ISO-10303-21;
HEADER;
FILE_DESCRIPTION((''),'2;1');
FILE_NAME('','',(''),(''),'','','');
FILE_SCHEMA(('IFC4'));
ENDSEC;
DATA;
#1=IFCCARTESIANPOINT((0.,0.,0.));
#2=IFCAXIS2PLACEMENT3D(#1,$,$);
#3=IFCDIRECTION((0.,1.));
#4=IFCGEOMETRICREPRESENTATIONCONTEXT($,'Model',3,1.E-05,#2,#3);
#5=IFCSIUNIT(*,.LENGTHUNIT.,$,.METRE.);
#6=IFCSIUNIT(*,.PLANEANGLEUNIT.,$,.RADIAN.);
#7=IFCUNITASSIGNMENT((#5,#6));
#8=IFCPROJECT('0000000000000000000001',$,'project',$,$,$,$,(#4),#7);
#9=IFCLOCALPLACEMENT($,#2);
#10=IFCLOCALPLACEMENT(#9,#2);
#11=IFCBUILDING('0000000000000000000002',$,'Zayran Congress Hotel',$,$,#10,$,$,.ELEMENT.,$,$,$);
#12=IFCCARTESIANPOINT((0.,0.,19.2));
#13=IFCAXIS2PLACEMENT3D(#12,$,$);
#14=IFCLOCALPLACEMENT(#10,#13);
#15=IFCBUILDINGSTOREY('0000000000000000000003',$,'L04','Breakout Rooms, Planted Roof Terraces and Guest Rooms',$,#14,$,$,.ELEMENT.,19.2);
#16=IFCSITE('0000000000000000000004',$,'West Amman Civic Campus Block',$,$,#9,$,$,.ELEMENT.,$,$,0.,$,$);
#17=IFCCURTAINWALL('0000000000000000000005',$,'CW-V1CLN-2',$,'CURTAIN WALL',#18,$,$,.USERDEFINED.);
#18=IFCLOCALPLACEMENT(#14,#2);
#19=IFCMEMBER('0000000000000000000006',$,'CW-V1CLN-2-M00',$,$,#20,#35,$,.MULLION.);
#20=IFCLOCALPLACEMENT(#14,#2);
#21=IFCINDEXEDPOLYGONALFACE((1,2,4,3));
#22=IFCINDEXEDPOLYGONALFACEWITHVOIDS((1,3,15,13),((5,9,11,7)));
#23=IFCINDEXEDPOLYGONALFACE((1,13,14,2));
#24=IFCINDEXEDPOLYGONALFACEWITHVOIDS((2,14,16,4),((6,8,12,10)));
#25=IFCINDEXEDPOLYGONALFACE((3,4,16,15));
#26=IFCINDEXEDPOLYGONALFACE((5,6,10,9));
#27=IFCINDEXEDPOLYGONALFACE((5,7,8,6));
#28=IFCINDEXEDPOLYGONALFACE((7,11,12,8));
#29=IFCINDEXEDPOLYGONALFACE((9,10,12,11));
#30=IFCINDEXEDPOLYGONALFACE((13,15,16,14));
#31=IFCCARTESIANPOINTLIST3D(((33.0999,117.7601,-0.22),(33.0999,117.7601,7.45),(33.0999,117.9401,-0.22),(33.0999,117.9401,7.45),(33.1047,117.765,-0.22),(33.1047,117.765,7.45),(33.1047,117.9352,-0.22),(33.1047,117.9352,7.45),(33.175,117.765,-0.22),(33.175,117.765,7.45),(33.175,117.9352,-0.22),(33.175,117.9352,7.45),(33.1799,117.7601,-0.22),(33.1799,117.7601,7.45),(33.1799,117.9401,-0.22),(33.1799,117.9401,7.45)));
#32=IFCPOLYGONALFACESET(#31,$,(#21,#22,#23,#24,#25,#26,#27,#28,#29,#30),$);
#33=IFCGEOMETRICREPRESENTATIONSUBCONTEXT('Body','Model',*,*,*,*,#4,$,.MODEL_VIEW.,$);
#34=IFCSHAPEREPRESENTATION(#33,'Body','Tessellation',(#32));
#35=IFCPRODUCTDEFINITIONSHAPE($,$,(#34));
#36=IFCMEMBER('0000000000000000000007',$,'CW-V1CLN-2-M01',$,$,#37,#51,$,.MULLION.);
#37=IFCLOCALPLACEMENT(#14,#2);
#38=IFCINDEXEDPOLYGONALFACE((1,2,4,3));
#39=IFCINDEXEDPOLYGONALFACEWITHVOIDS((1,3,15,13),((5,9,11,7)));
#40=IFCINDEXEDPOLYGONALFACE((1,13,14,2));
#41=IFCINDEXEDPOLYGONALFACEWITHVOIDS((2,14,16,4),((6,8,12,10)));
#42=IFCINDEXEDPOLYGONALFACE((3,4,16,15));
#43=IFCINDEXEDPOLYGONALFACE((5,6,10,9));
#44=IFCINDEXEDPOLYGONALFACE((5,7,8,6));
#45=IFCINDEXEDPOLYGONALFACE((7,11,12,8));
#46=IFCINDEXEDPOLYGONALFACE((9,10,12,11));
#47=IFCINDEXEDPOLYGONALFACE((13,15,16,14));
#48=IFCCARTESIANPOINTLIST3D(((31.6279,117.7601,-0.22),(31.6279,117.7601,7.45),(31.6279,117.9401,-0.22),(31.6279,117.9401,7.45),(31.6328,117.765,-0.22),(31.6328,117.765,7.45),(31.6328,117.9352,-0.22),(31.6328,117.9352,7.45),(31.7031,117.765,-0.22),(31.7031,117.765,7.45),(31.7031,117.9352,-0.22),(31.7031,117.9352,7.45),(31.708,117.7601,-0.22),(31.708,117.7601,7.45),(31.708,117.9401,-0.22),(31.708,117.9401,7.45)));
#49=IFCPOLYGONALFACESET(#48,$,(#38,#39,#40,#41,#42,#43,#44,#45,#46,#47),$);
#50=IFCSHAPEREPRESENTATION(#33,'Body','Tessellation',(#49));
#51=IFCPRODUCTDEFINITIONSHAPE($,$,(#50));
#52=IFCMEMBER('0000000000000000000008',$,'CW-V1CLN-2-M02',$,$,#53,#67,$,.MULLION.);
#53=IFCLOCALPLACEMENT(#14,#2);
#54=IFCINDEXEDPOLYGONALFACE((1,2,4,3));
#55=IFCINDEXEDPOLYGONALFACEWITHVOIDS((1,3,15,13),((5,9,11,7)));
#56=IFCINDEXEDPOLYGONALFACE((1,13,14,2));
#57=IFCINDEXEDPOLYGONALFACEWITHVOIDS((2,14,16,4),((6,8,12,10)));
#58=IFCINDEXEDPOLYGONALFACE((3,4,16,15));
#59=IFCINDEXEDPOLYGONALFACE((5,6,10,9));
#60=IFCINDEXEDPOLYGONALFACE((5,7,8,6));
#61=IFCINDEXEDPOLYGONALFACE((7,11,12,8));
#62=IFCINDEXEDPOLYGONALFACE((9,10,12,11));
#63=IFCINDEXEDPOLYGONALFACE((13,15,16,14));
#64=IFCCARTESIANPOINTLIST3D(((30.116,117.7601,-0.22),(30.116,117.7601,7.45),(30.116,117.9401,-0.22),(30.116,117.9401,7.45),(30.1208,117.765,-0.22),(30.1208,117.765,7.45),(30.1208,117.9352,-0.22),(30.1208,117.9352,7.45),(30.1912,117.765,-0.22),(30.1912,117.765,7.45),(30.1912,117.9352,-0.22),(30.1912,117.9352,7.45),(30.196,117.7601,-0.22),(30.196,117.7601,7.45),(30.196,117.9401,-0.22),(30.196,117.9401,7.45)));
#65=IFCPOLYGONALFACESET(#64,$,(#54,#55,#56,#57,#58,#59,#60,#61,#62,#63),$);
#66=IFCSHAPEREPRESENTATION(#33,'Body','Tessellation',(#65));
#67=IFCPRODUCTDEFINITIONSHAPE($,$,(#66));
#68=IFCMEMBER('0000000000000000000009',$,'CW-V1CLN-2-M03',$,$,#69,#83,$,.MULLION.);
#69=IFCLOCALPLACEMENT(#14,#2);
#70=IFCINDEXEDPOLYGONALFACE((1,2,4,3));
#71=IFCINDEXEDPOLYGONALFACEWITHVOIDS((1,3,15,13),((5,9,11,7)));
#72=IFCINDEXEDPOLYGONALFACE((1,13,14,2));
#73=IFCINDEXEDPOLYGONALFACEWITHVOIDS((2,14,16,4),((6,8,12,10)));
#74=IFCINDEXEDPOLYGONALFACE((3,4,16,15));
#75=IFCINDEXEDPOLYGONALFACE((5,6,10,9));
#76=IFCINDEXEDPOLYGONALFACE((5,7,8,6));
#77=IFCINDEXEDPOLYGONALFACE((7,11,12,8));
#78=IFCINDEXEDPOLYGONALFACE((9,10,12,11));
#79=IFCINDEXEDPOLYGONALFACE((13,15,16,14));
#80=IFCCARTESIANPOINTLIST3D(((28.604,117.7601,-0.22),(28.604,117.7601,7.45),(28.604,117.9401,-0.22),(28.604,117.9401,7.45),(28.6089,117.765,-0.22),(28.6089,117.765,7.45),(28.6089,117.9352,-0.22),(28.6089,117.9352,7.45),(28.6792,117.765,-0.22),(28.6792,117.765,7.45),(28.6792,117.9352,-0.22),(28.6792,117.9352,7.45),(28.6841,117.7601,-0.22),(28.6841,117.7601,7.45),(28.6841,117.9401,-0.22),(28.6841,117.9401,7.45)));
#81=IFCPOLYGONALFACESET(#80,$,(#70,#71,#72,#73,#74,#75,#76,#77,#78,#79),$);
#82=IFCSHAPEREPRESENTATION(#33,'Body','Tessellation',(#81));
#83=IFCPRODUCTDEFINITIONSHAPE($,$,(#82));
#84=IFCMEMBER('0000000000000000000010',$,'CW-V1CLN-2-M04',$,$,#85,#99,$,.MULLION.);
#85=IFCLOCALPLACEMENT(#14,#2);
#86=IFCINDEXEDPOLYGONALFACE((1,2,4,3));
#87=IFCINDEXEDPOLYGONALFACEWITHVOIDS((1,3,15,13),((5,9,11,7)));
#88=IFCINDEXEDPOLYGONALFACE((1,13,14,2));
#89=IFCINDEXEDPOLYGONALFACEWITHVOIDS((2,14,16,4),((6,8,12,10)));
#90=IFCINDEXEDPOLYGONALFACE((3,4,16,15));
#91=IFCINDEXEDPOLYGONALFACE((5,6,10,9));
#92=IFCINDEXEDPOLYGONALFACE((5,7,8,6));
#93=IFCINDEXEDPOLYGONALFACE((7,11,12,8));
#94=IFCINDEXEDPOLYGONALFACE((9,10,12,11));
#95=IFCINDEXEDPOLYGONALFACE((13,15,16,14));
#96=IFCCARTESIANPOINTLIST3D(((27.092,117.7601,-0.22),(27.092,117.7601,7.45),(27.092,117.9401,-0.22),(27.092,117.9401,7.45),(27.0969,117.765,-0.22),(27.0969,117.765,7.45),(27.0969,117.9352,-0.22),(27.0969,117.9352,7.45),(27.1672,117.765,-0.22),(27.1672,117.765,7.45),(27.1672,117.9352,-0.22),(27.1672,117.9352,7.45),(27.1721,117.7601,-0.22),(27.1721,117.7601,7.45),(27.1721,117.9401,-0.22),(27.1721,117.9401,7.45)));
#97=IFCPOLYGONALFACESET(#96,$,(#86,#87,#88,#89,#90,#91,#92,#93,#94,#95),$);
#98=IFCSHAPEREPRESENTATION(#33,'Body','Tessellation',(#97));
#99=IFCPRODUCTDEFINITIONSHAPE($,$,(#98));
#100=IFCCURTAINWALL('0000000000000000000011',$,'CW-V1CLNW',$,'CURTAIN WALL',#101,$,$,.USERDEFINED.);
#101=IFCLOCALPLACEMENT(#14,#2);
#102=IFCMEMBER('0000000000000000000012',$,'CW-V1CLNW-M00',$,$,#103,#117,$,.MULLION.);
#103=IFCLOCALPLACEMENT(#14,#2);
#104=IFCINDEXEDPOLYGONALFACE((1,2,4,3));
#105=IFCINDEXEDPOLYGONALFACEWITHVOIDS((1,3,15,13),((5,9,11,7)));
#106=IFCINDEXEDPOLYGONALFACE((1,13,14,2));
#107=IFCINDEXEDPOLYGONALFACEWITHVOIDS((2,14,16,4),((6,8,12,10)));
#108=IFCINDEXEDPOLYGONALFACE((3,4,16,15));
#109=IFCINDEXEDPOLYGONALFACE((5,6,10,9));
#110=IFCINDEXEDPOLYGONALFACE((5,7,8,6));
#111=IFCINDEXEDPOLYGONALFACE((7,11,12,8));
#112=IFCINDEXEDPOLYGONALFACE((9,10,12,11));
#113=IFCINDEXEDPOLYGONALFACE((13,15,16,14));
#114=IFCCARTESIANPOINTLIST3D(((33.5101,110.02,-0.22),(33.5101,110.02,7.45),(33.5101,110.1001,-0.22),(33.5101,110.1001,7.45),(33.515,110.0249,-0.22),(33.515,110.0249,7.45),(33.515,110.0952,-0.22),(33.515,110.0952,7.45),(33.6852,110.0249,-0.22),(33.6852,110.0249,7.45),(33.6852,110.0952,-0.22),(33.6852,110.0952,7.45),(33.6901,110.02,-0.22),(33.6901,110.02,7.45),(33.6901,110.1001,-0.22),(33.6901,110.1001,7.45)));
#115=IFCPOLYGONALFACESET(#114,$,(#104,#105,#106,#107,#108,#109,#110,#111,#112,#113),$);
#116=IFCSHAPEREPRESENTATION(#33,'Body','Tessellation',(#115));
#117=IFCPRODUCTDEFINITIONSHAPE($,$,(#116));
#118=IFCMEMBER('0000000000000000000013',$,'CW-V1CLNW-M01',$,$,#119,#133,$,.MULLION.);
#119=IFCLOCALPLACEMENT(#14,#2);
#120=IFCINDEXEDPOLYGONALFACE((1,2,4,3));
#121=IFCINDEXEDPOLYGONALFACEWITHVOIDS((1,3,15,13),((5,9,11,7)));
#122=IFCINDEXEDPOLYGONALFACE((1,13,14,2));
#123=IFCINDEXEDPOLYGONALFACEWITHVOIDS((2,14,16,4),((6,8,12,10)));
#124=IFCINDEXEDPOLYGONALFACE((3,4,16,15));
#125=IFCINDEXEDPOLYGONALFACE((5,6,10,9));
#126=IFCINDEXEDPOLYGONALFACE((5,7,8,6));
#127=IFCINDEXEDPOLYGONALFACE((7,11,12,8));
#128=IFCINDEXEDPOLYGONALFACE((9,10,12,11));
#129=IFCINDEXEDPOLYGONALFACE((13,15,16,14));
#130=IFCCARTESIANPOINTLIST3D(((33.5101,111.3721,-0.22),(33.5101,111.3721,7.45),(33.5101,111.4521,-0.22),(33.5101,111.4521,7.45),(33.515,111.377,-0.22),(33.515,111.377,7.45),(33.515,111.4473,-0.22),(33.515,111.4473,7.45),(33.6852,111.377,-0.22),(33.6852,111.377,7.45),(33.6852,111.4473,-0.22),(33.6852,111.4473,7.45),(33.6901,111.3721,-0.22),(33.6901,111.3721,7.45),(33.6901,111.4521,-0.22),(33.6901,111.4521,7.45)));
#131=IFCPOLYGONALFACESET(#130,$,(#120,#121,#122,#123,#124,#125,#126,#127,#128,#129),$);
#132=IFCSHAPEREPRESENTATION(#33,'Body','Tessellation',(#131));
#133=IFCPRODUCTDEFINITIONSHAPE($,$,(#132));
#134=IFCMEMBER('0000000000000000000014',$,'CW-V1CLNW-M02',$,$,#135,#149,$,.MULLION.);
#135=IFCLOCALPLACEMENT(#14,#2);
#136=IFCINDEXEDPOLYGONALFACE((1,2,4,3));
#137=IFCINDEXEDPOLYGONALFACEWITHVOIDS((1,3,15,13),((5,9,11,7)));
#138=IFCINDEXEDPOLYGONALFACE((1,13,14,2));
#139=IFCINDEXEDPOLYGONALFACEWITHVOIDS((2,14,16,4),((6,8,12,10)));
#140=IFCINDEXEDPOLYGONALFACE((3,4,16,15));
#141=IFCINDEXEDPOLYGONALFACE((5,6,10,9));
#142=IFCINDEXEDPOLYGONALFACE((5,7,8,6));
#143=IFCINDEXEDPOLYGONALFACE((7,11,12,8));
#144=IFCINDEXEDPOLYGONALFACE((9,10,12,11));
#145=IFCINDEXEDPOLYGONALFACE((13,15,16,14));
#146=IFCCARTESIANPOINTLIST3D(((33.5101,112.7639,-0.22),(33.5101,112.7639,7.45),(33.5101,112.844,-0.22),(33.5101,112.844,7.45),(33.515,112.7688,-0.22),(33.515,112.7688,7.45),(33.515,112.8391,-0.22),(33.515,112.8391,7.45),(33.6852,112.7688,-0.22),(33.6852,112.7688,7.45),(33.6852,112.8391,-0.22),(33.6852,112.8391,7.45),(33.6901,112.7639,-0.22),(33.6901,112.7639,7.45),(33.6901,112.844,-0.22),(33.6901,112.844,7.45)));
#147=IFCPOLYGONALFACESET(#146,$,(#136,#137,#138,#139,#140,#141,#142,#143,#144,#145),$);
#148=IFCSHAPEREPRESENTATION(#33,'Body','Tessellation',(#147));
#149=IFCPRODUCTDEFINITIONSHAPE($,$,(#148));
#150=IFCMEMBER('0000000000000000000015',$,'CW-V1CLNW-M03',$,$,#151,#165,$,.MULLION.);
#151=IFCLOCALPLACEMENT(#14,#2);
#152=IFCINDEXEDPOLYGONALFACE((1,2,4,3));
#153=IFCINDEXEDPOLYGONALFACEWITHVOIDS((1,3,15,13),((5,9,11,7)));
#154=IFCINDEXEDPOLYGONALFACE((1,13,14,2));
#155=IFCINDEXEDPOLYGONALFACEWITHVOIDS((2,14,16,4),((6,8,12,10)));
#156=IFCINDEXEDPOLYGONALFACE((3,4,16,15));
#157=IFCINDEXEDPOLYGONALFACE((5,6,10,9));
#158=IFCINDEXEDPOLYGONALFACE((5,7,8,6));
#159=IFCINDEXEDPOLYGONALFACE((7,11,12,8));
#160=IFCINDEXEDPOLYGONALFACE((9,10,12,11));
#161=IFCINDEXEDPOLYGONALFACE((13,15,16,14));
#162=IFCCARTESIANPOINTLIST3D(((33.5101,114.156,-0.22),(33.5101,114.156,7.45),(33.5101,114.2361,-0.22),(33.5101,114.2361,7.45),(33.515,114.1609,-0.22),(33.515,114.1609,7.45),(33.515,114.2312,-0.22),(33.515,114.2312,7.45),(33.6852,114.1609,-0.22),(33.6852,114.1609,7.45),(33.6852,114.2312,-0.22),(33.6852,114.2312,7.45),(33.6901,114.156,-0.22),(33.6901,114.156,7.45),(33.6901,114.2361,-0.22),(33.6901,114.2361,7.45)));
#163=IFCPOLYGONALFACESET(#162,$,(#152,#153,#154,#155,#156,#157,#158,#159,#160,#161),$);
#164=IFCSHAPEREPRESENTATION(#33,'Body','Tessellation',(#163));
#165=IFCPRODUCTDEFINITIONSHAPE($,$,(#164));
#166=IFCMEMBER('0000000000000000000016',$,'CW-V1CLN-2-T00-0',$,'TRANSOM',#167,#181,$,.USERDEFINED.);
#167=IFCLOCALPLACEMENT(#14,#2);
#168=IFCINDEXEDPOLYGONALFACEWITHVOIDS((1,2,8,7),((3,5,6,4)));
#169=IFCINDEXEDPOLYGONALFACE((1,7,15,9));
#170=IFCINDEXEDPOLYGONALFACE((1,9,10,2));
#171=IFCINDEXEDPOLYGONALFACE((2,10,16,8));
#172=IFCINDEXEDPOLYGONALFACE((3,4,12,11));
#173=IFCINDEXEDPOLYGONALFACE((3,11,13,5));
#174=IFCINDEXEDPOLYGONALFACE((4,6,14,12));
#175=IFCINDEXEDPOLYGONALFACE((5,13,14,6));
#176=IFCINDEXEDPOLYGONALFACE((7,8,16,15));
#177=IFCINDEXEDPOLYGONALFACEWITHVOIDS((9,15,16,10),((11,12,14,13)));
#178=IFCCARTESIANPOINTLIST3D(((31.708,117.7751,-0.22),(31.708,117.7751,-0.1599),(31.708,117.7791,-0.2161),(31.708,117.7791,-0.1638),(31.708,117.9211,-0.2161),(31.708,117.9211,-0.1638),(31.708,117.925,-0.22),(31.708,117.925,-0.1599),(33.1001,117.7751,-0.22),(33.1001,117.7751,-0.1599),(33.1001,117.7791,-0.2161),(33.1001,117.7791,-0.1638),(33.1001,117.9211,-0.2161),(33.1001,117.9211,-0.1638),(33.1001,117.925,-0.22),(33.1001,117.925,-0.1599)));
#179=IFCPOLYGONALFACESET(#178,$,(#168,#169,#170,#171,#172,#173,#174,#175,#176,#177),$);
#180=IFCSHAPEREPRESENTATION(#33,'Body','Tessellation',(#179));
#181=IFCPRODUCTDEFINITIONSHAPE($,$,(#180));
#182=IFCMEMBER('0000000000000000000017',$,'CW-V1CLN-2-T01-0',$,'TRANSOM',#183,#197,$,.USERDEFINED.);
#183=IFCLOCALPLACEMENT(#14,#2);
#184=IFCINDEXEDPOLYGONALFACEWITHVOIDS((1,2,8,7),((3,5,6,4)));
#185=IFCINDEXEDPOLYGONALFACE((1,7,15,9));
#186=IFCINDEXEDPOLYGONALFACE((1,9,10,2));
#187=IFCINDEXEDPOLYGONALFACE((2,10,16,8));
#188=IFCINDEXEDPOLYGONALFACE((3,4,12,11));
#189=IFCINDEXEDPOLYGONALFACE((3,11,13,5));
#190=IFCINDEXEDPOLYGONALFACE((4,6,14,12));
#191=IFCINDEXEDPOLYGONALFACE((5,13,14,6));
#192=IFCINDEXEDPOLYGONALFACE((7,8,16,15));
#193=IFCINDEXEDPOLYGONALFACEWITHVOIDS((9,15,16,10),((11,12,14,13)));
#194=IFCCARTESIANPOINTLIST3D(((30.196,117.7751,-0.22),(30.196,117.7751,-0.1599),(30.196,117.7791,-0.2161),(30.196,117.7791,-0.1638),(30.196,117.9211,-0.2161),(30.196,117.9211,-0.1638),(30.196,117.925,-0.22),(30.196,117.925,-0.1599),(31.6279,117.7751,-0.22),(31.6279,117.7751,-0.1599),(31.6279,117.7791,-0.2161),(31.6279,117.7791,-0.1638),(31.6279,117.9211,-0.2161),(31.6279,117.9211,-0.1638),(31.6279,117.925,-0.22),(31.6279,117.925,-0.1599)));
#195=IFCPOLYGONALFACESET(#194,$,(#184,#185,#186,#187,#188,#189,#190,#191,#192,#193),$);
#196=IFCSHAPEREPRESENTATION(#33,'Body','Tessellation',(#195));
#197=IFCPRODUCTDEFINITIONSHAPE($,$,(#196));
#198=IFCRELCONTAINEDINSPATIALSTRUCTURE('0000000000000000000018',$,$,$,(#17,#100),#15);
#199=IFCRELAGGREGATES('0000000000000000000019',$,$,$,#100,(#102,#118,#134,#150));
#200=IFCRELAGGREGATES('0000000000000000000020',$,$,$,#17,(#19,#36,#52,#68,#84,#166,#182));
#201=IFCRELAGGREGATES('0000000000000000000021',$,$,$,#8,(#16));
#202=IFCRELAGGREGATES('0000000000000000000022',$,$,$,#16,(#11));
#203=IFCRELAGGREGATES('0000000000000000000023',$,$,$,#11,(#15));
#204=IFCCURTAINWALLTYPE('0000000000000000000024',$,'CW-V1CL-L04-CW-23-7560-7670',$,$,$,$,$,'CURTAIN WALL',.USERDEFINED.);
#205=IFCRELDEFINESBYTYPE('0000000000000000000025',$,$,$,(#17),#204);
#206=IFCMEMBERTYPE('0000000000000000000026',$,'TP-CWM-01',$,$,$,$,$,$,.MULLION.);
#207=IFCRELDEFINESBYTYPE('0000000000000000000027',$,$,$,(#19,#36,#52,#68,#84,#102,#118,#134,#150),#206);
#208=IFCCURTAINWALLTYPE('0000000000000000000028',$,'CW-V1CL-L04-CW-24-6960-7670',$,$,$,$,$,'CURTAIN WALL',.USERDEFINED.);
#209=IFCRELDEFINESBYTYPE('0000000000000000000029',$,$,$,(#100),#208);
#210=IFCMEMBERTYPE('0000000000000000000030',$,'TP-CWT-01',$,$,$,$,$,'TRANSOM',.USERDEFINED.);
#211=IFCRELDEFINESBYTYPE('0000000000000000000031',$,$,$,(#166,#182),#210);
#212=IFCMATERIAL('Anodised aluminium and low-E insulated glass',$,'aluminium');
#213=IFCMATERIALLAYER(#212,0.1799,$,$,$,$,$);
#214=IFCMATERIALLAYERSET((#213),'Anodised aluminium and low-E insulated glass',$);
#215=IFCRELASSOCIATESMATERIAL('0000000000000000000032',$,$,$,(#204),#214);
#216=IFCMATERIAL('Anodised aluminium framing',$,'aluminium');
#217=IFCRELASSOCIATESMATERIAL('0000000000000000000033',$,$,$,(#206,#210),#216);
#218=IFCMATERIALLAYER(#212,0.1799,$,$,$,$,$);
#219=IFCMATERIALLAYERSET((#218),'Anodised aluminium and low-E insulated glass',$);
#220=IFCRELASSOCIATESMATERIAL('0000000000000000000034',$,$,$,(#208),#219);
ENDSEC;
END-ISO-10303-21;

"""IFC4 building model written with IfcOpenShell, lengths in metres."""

from ifc_helpers import new_model, si_unit, direction, frame, origin, origin_2d, place, context, subcontext, project, spatial, hollow_rectangle, extrude, material, layer, layer_set, material_profile, profile_set, type_object, element, aggregate, save


model = new_model("IFC4")

# Units and contexts
model_context = context("Model", 3, precision=1e-05, world=origin(), true_north=direction((0.0, 1.0)))
body_context = subcontext(model_context, "Body", "Model", "MODEL_VIEW")
ifc_project = project(units=[si_unit("LENGTHUNIT", "METRE"), si_unit("PLANEANGLEUNIT", "RADIAN")], contexts=[model_context])

# Site, building, storey
site_placement = place(None, origin())
site = spatial("IfcSite", under=ifc_project, at=site_placement, Name="West Amman Civic Campus Block", CompositionType="ELEMENT", RefElevation=0.0)
building_placement = place(site_placement, origin())
building = spatial("IfcBuilding", under=site, at=building_placement, Name="Zayran Congress Hotel", CompositionType="ELEMENT")
storey_placement = place(building_placement, frame((0.0, 0.0, 19.2)))
storey = spatial("IfcBuildingStorey", under=building, at=storey_placement, Name="L04", Description="Breakout Rooms, Planted Roof Terraces and Guest Rooms", CompositionType="ELEMENT", Elevation=19.2)

# Curtain walls, members
ifc_material_1 = material(Name="Anodised aluminium and low-E insulated glass", Category="aluminium")
ifc_layer_1 = layer(ifc_material_1, 0.1799)
ifc_layer_set_1 = layer_set([ifc_layer_1], Name="Anodised aluminium and low-E insulated glass")
curtain_wall_type_1 = type_object("IfcCurtainWallType", Name="CW-V1CL-L04-CW-23-7560-7670", ElementType="CURTAIN WALL", PredefinedType="USERDEFINED", material=ifc_layer_set_1)
curtain_wall_1_placement = place(storey_placement, origin())
curtain_wall_1 = element("IfcCurtainWall", 1, at=curtain_wall_1_placement, inside=storey, type_object=curtain_wall_type_1, Name="CW-V1CLN-2", ObjectType="CURTAIN WALL", PredefinedType="USERDEFINED")
ifc_material_2 = material(Name="Anodised aluminium framing", Category="aluminium")
ifc_material_profile_1 = material_profile(ifc_material_2, hollow_rectangle(XDim=0.0801, YDim=0.1799, WallThickness=0.0049, at=origin_2d()), Name="RHS 180x80x5")
ifc_profile_set_1 = profile_set([ifc_material_profile_1], Name="Anodised aluminium framing")
member_type_1 = type_object("IfcMemberType", Name="TP-CWM-01", PredefinedType="MULLION", material=ifc_profile_set_1)
member_1_placement = place(storey_placement, frame((33.1399, 117.8501, -0.22), z_axis=(0.0, 0.0, 1.0), x_axis=(1.0, 0.0, 0.0)))
member_1 = element("IfcMember", 2, at=member_1_placement, type_object=member_type_1, Name="CW-V1CLN-2-M00", PredefinedType="MULLION", context=body_context, shape_type="SweptSolid", body=[
    extrude(hollow_rectangle(XDim=0.0801, YDim=0.1799, WallThickness=0.0049, at=origin_2d()), origin(), (0.0, 0.0, 1.0), 7.6699),
])
member_2_placement = place(storey_placement, frame((31.668, 117.8501, -0.22), z_axis=(0.0, 0.0, 1.0), x_axis=(1.0, 0.0, 0.0)))
member_2 = element("IfcMember", 3, at=member_2_placement, type_object=member_type_1, Name="CW-V1CLN-2-M01", PredefinedType="MULLION", context=body_context, shape_type="SweptSolid", body=[
    extrude(hollow_rectangle(XDim=0.0801, YDim=0.1799, WallThickness=0.0049, at=origin_2d()), origin(), (0.0, 0.0, 1.0), 7.6699),
])
member_3_placement = place(storey_placement, frame((30.156, 117.8501, -0.22), z_axis=(0.0, 0.0, 1.0), x_axis=(1.0, 0.0, 0.0)))
member_3 = element("IfcMember", 4, at=member_3_placement, type_object=member_type_1, Name="CW-V1CLN-2-M02", PredefinedType="MULLION", context=body_context, shape_type="SweptSolid", body=[
    extrude(hollow_rectangle(XDim=0.0801, YDim=0.1799, WallThickness=0.0049, at=origin_2d()), origin(), (0.0, 0.0, 1.0), 7.6699),
])
member_4_placement = place(storey_placement, frame((28.644, 117.8501, -0.22), z_axis=(0.0, 0.0, 1.0), x_axis=(1.0, 0.0, 0.0)))
member_4 = element("IfcMember", 5, at=member_4_placement, type_object=member_type_1, Name="CW-V1CLN-2-M03", PredefinedType="MULLION", context=body_context, shape_type="SweptSolid", body=[
    extrude(hollow_rectangle(XDim=0.0801, YDim=0.1799, WallThickness=0.0049, at=origin_2d()), origin(), (0.0, 0.0, 1.0), 7.6699),
])
member_5_placement = place(storey_placement, frame((27.1321, 117.8501, -0.22), z_axis=(0.0, 0.0, 1.0), x_axis=(1.0, 0.0, 0.0)))
member_5 = element("IfcMember", 6, at=member_5_placement, type_object=member_type_1, Name="CW-V1CLN-2-M04", PredefinedType="MULLION", context=body_context, shape_type="SweptSolid", body=[
    extrude(hollow_rectangle(XDim=0.0801, YDim=0.1799, WallThickness=0.0049, at=origin_2d()), origin(), (0.0, 0.0, 1.0), 7.6699),
])
ifc_layer_2 = layer(ifc_material_1, 0.1799)
ifc_layer_set_2 = layer_set([ifc_layer_2], Name="Anodised aluminium and low-E insulated glass")
curtain_wall_type_2 = type_object("IfcCurtainWallType", Name="CW-V1CL-L04-CW-24-6960-7670", ElementType="CURTAIN WALL", PredefinedType="USERDEFINED", material=ifc_layer_set_2)
curtain_wall_2_placement = place(storey_placement, origin())
curtain_wall_2 = element("IfcCurtainWall", 7, at=curtain_wall_2_placement, inside=storey, type_object=curtain_wall_type_2, Name="CW-V1CLNW", ObjectType="CURTAIN WALL", PredefinedType="USERDEFINED")
member_6_placement = place(storey_placement, frame((33.6001, 110.0601, -0.22), z_axis=(0.0, 0.0, 1.0), x_axis=(0.0, 1.0, 0.0)))
member_6 = element("IfcMember", 8, at=member_6_placement, type_object=member_type_1, Name="CW-V1CLNW-M00", PredefinedType="MULLION", context=body_context, shape_type="SweptSolid", body=[
    extrude(hollow_rectangle(XDim=0.0801, YDim=0.1799, WallThickness=0.0049, at=origin_2d()), origin(), (0.0, 0.0, 1.0), 7.6699),
])
member_7_placement = place(storey_placement, frame((33.6001, 111.4121, -0.22), z_axis=(0.0, 0.0, 1.0), x_axis=(0.0, 1.0, 0.0)))
member_7 = element("IfcMember", 9, at=member_7_placement, type_object=member_type_1, Name="CW-V1CLNW-M01", PredefinedType="MULLION", context=body_context, shape_type="SweptSolid", body=[
    extrude(hollow_rectangle(XDim=0.0801, YDim=0.1799, WallThickness=0.0049, at=origin_2d()), origin(), (0.0, 0.0, 1.0), 7.6699),
])
member_8_placement = place(storey_placement, frame((33.6001, 112.804, -0.22), z_axis=(0.0, 0.0, 1.0), x_axis=(0.0, 1.0, 0.0)))
member_8 = element("IfcMember", 10, at=member_8_placement, type_object=member_type_1, Name="CW-V1CLNW-M02", PredefinedType="MULLION", context=body_context, shape_type="SweptSolid", body=[
    extrude(hollow_rectangle(XDim=0.0801, YDim=0.1799, WallThickness=0.0049, at=origin_2d()), origin(), (0.0, 0.0, 1.0), 7.6699),
])
member_9_placement = place(storey_placement, frame((33.6001, 114.196, -0.22), z_axis=(0.0, 0.0, 1.0), x_axis=(0.0, 1.0, 0.0)))
member_9 = element("IfcMember", 11, at=member_9_placement, type_object=member_type_1, Name="CW-V1CLNW-M03", PredefinedType="MULLION", context=body_context, shape_type="SweptSolid", body=[
    extrude(hollow_rectangle(XDim=0.0801, YDim=0.1799, WallThickness=0.0049, at=origin_2d()), origin(), (0.0, 0.0, 1.0), 7.6699),
])

# Members
ifc_material_profile_2 = material_profile(ifc_material_2, hollow_rectangle(XDim=0.0601, YDim=0.1499, WallThickness=0.0039, at=origin_2d()), Name="RHS 150x60x4")
ifc_profile_set_2 = profile_set([ifc_material_profile_2], Name="Anodised aluminium framing")
member_type_2 = type_object("IfcMemberType", Name="TP-CWT-01", ElementType="TRANSOM", PredefinedType="USERDEFINED", material=ifc_profile_set_2)
member_10_placement = place(storey_placement, frame((33.1001, 117.8501, -0.1899), z_axis=(-1.0, 0.0, 0.0), x_axis=(0.0, 0.0, 1.0)))
member_10 = element("IfcMember", 12, at=member_10_placement, type_object=member_type_2, Name="CW-V1CLN-2-T00-0", ObjectType="TRANSOM", PredefinedType="USERDEFINED", context=body_context, shape_type="SweptSolid", body=[
    extrude(hollow_rectangle(XDim=0.0601, YDim=0.1499, WallThickness=0.0039, at=origin_2d()), origin(), (0.0, 0.0, 1.0), 1.3921),
])
member_11_placement = place(storey_placement, frame((31.6279, 117.8501, -0.1899), z_axis=(-1.0, 0.0, 0.0), x_axis=(0.0, 0.0, 1.0)))
member_11 = element("IfcMember", 13, at=member_11_placement, type_object=member_type_2, Name="CW-V1CLN-2-T01-0", ObjectType="TRANSOM", PredefinedType="USERDEFINED", context=body_context, shape_type="SweptSolid", body=[
    extrude(hollow_rectangle(XDim=0.0601, YDim=0.1499, WallThickness=0.0039, at=origin_2d()), origin(), (0.0, 0.0, 1.0), 1.4319),
])

aggregate(curtain_wall_2, [member_6, member_7, member_8, member_9])
aggregate(curtain_wall_1, [member_1, member_2, member_3, member_4, member_5, member_10, member_11])

save(model, "model.ifc")
